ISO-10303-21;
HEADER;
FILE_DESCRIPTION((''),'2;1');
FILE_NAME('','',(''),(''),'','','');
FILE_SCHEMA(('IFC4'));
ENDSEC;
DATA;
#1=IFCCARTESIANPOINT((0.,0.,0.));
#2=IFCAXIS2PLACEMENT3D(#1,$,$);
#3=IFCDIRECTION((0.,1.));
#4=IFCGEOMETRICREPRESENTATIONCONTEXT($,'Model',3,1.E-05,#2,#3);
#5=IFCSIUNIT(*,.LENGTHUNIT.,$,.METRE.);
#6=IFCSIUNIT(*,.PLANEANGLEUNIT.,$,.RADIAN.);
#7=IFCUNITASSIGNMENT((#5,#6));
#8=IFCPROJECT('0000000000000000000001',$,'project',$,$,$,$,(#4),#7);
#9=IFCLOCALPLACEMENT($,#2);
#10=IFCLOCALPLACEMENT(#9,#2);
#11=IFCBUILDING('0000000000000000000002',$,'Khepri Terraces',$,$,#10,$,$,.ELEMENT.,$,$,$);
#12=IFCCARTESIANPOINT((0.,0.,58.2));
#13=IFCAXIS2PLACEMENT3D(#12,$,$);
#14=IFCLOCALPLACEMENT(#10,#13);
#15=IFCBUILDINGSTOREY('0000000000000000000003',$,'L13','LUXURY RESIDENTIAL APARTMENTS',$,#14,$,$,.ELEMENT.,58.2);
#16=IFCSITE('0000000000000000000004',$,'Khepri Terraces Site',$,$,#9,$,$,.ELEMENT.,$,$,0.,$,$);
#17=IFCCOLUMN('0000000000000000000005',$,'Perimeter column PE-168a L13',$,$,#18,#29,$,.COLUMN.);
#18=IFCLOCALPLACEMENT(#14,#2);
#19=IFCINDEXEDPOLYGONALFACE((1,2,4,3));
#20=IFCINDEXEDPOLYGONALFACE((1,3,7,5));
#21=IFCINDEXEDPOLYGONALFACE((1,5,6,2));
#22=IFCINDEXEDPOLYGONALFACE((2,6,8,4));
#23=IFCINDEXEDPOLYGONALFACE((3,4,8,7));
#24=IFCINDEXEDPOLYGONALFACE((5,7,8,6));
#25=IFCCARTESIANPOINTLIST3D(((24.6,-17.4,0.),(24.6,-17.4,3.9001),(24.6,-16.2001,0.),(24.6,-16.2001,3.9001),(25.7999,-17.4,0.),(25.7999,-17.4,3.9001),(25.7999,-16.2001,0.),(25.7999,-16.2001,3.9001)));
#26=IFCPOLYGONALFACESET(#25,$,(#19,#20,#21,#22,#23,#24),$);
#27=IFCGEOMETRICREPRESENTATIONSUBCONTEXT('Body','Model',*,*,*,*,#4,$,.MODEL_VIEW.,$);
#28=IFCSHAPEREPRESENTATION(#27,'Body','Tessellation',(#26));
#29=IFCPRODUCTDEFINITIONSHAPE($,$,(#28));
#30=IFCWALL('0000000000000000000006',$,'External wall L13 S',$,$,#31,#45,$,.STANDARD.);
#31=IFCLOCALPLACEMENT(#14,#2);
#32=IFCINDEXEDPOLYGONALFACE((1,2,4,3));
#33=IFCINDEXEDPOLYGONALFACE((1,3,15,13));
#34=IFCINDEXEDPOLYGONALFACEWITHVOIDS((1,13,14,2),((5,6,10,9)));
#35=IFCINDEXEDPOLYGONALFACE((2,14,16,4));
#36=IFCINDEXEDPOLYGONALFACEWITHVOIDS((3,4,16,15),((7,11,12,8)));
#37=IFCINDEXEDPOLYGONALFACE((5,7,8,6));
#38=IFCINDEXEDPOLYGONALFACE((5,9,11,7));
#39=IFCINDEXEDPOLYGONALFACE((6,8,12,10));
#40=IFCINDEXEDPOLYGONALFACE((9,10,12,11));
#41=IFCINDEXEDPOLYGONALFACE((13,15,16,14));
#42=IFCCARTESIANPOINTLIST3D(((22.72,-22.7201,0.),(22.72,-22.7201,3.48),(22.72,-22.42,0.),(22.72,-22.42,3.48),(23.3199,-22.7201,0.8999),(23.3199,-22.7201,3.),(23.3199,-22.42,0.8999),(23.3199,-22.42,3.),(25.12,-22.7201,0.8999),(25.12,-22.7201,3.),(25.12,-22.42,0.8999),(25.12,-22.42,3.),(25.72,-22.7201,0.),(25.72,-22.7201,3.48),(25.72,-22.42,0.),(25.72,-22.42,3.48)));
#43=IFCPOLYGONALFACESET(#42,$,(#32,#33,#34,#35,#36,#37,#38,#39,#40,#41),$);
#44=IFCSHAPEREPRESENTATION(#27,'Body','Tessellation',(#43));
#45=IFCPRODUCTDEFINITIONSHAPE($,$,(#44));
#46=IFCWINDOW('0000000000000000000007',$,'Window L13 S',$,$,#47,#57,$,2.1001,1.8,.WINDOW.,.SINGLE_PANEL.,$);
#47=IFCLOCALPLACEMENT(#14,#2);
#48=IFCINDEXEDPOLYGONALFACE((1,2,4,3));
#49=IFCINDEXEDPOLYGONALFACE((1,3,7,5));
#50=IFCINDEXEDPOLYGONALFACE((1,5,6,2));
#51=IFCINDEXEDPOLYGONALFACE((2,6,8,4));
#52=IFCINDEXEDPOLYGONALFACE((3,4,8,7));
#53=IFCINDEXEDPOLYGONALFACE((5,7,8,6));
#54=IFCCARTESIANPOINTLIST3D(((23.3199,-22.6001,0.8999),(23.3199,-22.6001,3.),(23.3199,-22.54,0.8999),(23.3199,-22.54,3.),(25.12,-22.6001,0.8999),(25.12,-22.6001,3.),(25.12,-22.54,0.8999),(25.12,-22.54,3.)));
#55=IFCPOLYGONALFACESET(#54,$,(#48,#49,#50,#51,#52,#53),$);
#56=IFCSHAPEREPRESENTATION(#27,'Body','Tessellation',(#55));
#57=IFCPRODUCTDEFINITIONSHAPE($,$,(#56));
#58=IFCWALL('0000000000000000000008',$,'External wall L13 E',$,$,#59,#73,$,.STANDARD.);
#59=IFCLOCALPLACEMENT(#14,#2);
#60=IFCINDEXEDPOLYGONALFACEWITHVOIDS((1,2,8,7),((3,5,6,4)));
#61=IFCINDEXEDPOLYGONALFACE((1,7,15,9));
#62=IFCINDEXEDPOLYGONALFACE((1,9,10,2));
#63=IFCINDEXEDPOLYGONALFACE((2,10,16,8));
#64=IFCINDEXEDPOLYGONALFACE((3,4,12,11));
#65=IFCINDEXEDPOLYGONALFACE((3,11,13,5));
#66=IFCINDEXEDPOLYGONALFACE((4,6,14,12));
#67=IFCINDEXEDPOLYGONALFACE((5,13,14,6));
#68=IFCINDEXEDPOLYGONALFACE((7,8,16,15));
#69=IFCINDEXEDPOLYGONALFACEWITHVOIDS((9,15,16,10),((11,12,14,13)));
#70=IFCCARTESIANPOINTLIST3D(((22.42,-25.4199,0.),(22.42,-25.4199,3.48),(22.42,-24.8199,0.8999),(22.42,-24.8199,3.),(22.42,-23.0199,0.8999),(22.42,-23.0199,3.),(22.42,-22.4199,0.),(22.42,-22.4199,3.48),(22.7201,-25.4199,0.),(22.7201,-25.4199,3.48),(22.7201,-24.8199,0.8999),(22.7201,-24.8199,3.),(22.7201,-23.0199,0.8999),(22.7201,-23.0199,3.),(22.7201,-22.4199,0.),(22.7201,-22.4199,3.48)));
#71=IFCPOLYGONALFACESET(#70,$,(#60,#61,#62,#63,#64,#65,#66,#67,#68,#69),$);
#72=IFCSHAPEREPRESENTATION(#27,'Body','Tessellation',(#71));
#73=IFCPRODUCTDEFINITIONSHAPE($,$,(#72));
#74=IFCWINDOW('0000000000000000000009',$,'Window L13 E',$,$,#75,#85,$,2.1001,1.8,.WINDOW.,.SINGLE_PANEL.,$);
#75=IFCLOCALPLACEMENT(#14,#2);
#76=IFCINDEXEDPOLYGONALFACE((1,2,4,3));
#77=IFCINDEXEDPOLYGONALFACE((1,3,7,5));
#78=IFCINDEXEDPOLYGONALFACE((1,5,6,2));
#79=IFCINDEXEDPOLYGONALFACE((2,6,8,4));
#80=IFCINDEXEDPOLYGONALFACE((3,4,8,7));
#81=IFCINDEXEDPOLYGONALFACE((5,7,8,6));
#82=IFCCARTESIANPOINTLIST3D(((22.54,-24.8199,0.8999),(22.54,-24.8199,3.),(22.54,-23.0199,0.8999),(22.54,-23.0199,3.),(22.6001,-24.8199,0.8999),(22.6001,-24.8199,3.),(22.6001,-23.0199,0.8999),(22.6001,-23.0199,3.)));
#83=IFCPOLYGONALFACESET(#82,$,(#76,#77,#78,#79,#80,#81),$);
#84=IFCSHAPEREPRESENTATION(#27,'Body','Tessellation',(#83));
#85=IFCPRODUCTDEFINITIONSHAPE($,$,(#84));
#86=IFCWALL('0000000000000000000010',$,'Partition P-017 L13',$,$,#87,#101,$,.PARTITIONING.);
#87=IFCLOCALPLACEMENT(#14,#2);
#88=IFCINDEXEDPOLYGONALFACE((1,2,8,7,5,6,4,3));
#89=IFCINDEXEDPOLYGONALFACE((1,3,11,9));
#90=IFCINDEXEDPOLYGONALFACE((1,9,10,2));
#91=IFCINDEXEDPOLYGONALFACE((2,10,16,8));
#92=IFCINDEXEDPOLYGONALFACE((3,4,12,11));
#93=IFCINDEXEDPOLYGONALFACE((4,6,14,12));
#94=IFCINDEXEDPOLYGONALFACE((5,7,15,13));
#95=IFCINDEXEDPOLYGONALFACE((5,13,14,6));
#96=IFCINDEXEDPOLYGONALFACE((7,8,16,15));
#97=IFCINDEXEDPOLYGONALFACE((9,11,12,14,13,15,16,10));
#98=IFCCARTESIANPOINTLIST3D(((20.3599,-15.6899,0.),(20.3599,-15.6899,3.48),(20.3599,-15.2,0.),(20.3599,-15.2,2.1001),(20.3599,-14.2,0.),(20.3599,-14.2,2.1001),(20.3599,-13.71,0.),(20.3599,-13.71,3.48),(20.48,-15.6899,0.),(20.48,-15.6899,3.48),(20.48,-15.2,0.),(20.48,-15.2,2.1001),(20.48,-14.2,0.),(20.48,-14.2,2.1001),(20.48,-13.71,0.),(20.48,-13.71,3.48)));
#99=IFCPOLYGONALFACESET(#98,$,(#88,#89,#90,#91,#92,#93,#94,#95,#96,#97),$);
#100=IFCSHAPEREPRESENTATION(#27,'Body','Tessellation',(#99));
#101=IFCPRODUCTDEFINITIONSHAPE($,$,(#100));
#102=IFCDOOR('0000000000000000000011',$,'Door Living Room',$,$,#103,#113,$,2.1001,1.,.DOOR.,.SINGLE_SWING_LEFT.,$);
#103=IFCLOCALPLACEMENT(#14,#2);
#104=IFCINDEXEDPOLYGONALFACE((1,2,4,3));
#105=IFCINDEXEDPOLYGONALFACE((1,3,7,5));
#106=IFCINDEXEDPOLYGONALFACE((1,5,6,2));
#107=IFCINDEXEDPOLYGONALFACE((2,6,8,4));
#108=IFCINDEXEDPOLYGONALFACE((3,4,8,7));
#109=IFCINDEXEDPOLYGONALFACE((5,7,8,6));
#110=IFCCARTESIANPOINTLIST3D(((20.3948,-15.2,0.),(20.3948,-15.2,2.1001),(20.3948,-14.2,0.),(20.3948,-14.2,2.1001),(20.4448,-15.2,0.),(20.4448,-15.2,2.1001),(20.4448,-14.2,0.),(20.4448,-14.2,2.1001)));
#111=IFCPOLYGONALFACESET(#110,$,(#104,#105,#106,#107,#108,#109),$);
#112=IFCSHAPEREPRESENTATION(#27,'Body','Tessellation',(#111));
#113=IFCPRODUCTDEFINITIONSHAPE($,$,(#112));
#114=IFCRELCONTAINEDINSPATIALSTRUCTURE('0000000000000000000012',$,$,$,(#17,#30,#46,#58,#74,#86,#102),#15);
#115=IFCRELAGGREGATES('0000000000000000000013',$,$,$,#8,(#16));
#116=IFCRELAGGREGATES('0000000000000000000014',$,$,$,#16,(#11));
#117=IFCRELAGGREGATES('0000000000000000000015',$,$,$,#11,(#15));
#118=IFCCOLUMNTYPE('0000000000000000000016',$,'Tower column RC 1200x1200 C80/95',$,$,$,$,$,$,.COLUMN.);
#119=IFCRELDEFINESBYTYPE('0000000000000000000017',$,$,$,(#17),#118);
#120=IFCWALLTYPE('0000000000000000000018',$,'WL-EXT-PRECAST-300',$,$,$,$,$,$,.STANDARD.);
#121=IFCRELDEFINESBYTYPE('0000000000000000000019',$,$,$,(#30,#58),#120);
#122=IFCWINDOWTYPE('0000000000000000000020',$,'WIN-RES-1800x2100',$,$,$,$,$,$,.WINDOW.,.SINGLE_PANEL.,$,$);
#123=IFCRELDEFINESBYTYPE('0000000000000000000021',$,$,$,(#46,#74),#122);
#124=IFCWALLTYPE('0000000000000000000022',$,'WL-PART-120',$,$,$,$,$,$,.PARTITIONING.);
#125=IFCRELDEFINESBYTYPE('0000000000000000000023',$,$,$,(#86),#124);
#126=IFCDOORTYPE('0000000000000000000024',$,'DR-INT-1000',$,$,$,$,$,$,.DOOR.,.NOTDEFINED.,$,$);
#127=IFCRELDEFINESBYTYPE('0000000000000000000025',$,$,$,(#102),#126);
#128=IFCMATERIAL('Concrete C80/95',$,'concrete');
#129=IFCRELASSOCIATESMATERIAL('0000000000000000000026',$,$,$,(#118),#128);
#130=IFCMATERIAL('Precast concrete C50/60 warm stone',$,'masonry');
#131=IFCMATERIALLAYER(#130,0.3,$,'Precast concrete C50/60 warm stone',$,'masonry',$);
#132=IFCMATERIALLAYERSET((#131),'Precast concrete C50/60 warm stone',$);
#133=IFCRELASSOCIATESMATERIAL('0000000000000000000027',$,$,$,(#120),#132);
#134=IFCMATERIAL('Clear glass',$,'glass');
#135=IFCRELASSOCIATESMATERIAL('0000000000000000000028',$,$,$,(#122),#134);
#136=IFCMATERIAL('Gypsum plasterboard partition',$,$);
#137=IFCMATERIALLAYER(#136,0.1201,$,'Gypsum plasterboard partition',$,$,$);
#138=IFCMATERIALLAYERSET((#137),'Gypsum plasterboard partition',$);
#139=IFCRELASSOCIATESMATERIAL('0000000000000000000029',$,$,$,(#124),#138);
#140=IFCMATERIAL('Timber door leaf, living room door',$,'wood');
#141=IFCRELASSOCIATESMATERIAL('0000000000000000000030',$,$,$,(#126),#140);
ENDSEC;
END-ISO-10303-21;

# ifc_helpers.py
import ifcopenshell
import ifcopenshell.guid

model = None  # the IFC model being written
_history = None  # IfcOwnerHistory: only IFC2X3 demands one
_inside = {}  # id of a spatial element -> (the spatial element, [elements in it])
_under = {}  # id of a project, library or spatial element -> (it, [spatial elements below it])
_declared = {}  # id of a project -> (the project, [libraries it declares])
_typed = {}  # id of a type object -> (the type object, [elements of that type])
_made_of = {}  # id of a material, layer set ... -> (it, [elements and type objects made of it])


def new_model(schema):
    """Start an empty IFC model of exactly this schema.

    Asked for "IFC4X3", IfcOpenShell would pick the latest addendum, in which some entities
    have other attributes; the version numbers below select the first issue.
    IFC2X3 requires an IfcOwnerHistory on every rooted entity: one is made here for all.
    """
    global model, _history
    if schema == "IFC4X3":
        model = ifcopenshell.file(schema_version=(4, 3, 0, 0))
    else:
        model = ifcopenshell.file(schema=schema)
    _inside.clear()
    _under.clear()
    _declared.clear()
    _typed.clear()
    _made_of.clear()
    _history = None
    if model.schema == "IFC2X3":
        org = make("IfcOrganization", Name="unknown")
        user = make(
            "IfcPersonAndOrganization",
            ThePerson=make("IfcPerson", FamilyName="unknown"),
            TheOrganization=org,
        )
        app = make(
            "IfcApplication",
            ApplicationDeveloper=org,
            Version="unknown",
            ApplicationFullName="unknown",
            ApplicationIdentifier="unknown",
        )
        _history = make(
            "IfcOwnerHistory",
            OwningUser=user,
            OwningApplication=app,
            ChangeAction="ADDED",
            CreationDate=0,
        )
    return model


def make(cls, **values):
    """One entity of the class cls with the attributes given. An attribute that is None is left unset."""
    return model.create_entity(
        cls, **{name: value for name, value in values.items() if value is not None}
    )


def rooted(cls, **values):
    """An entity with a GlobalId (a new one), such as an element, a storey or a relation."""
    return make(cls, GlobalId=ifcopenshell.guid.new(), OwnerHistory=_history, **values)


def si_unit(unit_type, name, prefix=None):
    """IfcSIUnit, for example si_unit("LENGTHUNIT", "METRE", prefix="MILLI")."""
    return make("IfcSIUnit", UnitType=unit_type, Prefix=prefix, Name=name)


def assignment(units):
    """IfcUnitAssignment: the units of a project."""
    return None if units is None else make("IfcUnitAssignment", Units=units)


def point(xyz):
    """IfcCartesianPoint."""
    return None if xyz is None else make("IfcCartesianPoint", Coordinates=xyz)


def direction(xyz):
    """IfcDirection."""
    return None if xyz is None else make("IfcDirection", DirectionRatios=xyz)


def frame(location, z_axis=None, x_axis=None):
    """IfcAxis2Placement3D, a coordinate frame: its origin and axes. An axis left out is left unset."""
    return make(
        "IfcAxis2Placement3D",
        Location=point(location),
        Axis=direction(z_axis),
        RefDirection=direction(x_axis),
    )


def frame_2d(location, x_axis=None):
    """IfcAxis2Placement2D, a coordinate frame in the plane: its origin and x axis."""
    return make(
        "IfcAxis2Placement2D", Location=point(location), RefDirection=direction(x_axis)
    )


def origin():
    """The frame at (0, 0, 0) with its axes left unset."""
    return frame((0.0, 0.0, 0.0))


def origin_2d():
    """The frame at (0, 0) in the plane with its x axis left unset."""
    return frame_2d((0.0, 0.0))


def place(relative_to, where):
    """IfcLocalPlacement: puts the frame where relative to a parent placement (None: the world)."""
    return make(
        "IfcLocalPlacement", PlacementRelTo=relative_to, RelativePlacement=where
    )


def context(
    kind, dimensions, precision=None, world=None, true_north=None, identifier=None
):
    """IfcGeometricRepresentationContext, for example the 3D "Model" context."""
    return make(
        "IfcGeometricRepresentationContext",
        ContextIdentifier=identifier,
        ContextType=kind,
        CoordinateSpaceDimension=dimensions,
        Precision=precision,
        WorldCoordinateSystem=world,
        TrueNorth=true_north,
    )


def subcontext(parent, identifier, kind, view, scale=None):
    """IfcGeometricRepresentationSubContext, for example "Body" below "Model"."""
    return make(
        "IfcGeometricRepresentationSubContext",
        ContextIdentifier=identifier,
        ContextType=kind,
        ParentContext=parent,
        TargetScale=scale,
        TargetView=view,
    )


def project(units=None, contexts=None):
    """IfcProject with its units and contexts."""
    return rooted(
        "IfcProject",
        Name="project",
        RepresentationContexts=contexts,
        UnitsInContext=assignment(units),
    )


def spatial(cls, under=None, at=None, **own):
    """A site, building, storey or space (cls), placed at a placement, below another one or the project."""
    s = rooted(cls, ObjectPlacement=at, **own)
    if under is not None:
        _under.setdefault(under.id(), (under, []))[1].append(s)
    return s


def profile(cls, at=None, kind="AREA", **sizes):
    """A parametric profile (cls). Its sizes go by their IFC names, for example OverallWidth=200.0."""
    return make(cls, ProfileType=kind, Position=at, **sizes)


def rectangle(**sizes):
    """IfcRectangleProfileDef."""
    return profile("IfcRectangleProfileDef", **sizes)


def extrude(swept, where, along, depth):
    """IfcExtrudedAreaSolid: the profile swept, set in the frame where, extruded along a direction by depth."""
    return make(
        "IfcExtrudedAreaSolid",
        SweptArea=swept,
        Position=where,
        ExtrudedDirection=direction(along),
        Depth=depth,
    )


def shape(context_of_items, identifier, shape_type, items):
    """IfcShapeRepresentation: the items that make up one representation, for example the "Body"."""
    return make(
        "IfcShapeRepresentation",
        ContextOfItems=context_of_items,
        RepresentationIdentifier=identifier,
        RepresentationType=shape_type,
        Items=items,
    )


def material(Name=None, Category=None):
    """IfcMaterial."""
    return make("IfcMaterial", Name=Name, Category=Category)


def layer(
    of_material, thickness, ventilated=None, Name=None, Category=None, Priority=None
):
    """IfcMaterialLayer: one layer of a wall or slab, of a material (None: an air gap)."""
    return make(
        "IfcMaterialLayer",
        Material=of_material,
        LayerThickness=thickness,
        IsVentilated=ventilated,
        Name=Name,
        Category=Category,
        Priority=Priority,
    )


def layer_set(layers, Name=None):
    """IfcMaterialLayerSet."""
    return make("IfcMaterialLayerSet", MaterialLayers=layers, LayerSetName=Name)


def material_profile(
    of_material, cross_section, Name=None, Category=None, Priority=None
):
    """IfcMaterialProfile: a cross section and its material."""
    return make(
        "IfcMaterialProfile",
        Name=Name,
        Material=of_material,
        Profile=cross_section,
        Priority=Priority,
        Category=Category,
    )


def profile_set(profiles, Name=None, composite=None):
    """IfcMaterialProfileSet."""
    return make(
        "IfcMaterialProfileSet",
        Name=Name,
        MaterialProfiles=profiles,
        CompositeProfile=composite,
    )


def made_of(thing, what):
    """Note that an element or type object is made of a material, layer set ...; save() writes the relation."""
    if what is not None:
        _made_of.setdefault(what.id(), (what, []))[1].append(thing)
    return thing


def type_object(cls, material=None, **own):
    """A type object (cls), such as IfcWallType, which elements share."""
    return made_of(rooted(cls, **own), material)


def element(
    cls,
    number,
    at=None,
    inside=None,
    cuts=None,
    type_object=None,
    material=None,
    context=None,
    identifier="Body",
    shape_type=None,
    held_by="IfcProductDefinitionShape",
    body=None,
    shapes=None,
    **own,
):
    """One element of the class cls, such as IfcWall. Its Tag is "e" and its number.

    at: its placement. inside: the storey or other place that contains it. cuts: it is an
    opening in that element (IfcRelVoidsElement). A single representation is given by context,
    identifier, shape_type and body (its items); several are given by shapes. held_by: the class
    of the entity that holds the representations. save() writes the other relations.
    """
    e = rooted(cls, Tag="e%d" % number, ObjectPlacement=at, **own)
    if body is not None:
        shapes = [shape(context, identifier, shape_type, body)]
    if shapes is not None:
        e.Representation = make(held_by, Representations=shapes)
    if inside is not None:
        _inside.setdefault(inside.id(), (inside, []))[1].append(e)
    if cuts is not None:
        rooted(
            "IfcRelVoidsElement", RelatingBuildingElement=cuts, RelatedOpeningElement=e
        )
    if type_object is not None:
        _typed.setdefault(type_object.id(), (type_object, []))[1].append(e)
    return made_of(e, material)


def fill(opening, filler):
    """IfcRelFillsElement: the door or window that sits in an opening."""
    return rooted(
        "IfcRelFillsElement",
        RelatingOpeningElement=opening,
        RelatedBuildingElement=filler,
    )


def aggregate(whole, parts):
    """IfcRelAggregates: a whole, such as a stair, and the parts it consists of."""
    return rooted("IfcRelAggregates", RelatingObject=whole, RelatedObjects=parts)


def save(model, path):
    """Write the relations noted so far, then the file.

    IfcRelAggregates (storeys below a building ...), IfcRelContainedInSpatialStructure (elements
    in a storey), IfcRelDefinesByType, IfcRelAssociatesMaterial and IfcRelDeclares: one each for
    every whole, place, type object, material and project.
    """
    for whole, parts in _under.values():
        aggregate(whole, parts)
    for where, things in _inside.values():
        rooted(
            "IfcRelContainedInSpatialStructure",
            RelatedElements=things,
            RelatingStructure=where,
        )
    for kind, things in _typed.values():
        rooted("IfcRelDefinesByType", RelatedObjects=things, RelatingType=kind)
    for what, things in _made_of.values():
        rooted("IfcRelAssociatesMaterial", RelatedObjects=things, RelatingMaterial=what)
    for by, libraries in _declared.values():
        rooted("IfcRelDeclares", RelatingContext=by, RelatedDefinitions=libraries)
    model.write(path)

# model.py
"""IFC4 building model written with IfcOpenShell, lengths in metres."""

from ifc_helpers import new_model, si_unit, direction, frame, frame_2d, origin, origin_2d, place, context, subcontext, project, spatial, rectangle, extrude, material, layer, layer_set, material_profile, profile_set, type_object, element, fill, save


model = new_model("IFC4")

# Units and contexts
model_context = context("Model", 3, precision=1e-05, world=origin(), true_north=direction((0.0, 1.0)))
body_context = subcontext(model_context, "Body", "Model", "MODEL_VIEW")
ifc_project = project(units=[si_unit("LENGTHUNIT", "METRE"), si_unit("PLANEANGLEUNIT", "RADIAN")], contexts=[model_context])

# Site, building, storey
site_placement = place(None, origin())
site = spatial("IfcSite", under=ifc_project, at=site_placement, Name="Khepri Terraces Site", CompositionType="ELEMENT", RefElevation=0.0)
building_placement = place(site_placement, origin())
building = spatial("IfcBuilding", under=site, at=building_placement, Name="Khepri Terraces", CompositionType="ELEMENT")
storey_placement = place(building_placement, frame((0.0, 0.0, 58.2)))
storey = spatial("IfcBuildingStorey", under=building, at=storey_placement, Name="L13", Description="LUXURY RESIDENTIAL APARTMENTS", CompositionType="ELEMENT", Elevation=58.2)

# Column
ifc_material_1 = material(Name="Concrete C80/95", Category="concrete")
ifc_material_profile = material_profile(ifc_material_1, rectangle(XDim=1.2, YDim=1.2, at=origin_2d()), Name="Concrete C80/95", Category="concrete")
ifc_profile_set = profile_set([ifc_material_profile], Name="Concrete C80/95")
column_type = type_object("IfcColumnType", Name="Tower column RC 1200x1200 C80/95", PredefinedType="COLUMN", material=ifc_profile_set)
column_placement = place(storey_placement, frame((25.2, -16.8, 0.0), z_axis=(0.0, 0.0, 1.0), x_axis=(1.0, 0.0, 0.0)))
element("IfcColumn", 1, at=column_placement, inside=storey, type_object=column_type, Name="Perimeter column PE-168a L13", PredefinedType="COLUMN", context=body_context, shape_type="SweptSolid", body=[
    extrude(rectangle(XDim=1.2, YDim=1.2, at=origin_2d()), origin(), (0.0, 0.0, 1.0), 3.9001),
])

# Wall, opening, window
ifc_material_2 = material(Name="Precast concrete C50/60 warm stone", Category="masonry")
ifc_layer_1 = layer(ifc_material_2, 0.3, Name="Precast concrete C50/60 warm stone", Category="masonry")
ifc_layer_set_1 = layer_set([ifc_layer_1], Name="Precast concrete C50/60 warm stone")
wall_type_1 = type_object("IfcWallType", Name="WL-EXT-PRECAST-300", PredefinedType="STANDARD", material=ifc_layer_set_1)
wall_1_placement = place(storey_placement, frame((22.72, -22.5701, 0.0), z_axis=(0.0, 0.0, 1.0), x_axis=(1.0, 0.0, 0.0)))
wall_1 = element("IfcWall", 2, at=wall_1_placement, inside=storey, type_object=wall_type_1, Name="External wall L13 S", PredefinedType="STANDARD", context=body_context, shape_type="SweptSolid", body=[
    extrude(rectangle(XDim=3.0, YDim=0.3, at=frame_2d((1.5, 0.0))), origin(), (0.0, 0.0, 1.0), 3.48),
])
opening_1_placement = place(wall_1_placement, frame((0.6001, 0.0, 0.8999)))
opening_1 = element("IfcOpeningElement", 3, at=opening_1_placement, cuts=wall_1, PredefinedType="OPENING", context=body_context, shape_type="SweptSolid", body=[
    extrude(rectangle(XDim=1.8, YDim=2.1001, at=frame_2d((0.8999, 1.05))), frame((0.0, 0.1602, 0.0), z_axis=(0.0, -1.0, 0.0), x_axis=(1.0, 0.0, 0.0)), (0.0, 0.0, 1.0), 0.3201),
])
ifc_material_3 = material(Name="Clear glass", Category="glass")
window_type = type_object("IfcWindowType", Name="WIN-RES-1800x2100", PartitioningType="SINGLE_PANEL", PredefinedType="WINDOW", material=ifc_material_3)
window_1_placement = place(opening_1_placement, origin())
window_1 = element("IfcWindow", 4, at=window_1_placement, inside=storey, type_object=window_type, Name="Window L13 S", OverallHeight=2.1001, OverallWidth=1.8, PartitioningType="SINGLE_PANEL", PredefinedType="WINDOW", context=body_context, shape_type="SweptSolid", body=[
    extrude(rectangle(XDim=1.8, YDim=2.1001, at=frame_2d((0.8999, 1.05))), frame((0.0, 0.03, 0.0), z_axis=(0.0, -1.0, 0.0), x_axis=(1.0, 0.0, 0.0)), (0.0, 0.0, 1.0), 0.0601),
])
fill(opening_1, window_1)

# Wall, opening, window
wall_2_placement = place(storey_placement, frame((22.5701, -25.4199, 0.0), z_axis=(0.0, 0.0, 1.0), x_axis=(0.0, 1.0, 0.0)))
wall_2 = element("IfcWall", 5, at=wall_2_placement, inside=storey, type_object=wall_type_1, Name="External wall L13 E", PredefinedType="STANDARD", context=body_context, shape_type="SweptSolid", body=[
    extrude(rectangle(XDim=3.0, YDim=0.3, at=frame_2d((1.5, 0.0))), origin(), (0.0, 0.0, 1.0), 3.48),
])
opening_2_placement = place(wall_2_placement, frame((0.6001, 0.0, 0.8999)))
opening_2 = element("IfcOpeningElement", 6, at=opening_2_placement, cuts=wall_2, PredefinedType="OPENING", context=body_context, shape_type="SweptSolid", body=[
    extrude(rectangle(XDim=1.8, YDim=2.1001, at=frame_2d((0.8999, 1.05))), frame((0.0, 0.1602, 0.0), z_axis=(0.0, -1.0, 0.0), x_axis=(1.0, 0.0, 0.0)), (0.0, 0.0, 1.0), 0.3201),
])
window_2_placement = place(opening_2_placement, origin())
window_2 = element("IfcWindow", 7, at=window_2_placement, inside=storey, type_object=window_type, Name="Window L13 E", OverallHeight=2.1001, OverallWidth=1.8, PartitioningType="SINGLE_PANEL", PredefinedType="WINDOW", context=body_context, shape_type="SweptSolid", body=[
    extrude(rectangle(XDim=1.8, YDim=2.1001, at=frame_2d((0.8999, 1.05))), frame((0.0, 0.03, 0.0), z_axis=(0.0, -1.0, 0.0), x_axis=(1.0, 0.0, 0.0)), (0.0, 0.0, 1.0), 0.0601),
])
fill(opening_2, window_2)

# Wall, opening, door
ifc_material_4 = material(Name="Gypsum plasterboard partition")
ifc_layer_2 = layer(ifc_material_4, 0.1201, Name="Gypsum plasterboard partition")
ifc_layer_set_2 = layer_set([ifc_layer_2], Name="Gypsum plasterboard partition")
wall_type_2 = type_object("IfcWallType", Name="WL-PART-120", PredefinedType="PARTITIONING", material=ifc_layer_set_2)
wall_3_placement = place(storey_placement, frame((20.4199, -15.6899, 0.0), z_axis=(0.0, 0.0, 1.0), x_axis=(0.0, 1.0, 0.0)))
wall_3 = element("IfcWall", 8, at=wall_3_placement, inside=storey, type_object=wall_type_2, Name="Partition P-017 L13", PredefinedType="PARTITIONING", context=body_context, shape_type="SweptSolid", body=[
    extrude(rectangle(XDim=1.98, YDim=0.1201, at=frame_2d((0.99, 0.0))), origin(), (0.0, 0.0, 1.0), 3.48),
])
opening_3_placement = place(wall_3_placement, frame((0.49, 0.0, 0.0)))
opening_3 = element("IfcOpeningElement", 9, at=opening_3_placement, cuts=wall_3, PredefinedType="OPENING", context=body_context, shape_type="SweptSolid", body=[
    extrude(rectangle(XDim=1.0, YDim=2.1001, at=frame_2d((0.5, 1.05))), frame((0.0, 0.0701, 0.0), z_axis=(0.0, -1.0, 0.0), x_axis=(1.0, 0.0, 0.0)), (0.0, 0.0, 1.0), 0.1401),
])
ifc_material_5 = material(Name="Timber door leaf, living room door", Category="wood")
door_type_1 = type_object("IfcDoorType", Name="DR-INT-1000", OperationType="NOTDEFINED", PredefinedType="DOOR", material=ifc_material_5)
door_1_placement = place(opening_3_placement, frame((1.0, 0.0, 0.0), z_axis=(0.0, 0.0, 1.0), x_axis=(-1.0, 0.0, 0.0)))
door_1 = element("IfcDoor", 10, at=door_1_placement, inside=storey, type_object=door_type_1, Name="Door Living Room", OperationType="SINGLE_SWING_LEFT", OverallHeight=2.1001, OverallWidth=1.0, PredefinedType="DOOR", context=body_context, shape_type="SweptSolid", body=[
    extrude(rectangle(XDim=1.0, YDim=2.1001, at=frame_2d((0.5, 1.05))), frame((0.0, 0.0249, 0.0), z_axis=(0.0, -1.0, 0.0), x_axis=(1.0, 0.0, 0.0)), (0.0, 0.0, 1.0), 0.05),
])
fill(opening_3, door_1)

save(model, "model.ifc")
